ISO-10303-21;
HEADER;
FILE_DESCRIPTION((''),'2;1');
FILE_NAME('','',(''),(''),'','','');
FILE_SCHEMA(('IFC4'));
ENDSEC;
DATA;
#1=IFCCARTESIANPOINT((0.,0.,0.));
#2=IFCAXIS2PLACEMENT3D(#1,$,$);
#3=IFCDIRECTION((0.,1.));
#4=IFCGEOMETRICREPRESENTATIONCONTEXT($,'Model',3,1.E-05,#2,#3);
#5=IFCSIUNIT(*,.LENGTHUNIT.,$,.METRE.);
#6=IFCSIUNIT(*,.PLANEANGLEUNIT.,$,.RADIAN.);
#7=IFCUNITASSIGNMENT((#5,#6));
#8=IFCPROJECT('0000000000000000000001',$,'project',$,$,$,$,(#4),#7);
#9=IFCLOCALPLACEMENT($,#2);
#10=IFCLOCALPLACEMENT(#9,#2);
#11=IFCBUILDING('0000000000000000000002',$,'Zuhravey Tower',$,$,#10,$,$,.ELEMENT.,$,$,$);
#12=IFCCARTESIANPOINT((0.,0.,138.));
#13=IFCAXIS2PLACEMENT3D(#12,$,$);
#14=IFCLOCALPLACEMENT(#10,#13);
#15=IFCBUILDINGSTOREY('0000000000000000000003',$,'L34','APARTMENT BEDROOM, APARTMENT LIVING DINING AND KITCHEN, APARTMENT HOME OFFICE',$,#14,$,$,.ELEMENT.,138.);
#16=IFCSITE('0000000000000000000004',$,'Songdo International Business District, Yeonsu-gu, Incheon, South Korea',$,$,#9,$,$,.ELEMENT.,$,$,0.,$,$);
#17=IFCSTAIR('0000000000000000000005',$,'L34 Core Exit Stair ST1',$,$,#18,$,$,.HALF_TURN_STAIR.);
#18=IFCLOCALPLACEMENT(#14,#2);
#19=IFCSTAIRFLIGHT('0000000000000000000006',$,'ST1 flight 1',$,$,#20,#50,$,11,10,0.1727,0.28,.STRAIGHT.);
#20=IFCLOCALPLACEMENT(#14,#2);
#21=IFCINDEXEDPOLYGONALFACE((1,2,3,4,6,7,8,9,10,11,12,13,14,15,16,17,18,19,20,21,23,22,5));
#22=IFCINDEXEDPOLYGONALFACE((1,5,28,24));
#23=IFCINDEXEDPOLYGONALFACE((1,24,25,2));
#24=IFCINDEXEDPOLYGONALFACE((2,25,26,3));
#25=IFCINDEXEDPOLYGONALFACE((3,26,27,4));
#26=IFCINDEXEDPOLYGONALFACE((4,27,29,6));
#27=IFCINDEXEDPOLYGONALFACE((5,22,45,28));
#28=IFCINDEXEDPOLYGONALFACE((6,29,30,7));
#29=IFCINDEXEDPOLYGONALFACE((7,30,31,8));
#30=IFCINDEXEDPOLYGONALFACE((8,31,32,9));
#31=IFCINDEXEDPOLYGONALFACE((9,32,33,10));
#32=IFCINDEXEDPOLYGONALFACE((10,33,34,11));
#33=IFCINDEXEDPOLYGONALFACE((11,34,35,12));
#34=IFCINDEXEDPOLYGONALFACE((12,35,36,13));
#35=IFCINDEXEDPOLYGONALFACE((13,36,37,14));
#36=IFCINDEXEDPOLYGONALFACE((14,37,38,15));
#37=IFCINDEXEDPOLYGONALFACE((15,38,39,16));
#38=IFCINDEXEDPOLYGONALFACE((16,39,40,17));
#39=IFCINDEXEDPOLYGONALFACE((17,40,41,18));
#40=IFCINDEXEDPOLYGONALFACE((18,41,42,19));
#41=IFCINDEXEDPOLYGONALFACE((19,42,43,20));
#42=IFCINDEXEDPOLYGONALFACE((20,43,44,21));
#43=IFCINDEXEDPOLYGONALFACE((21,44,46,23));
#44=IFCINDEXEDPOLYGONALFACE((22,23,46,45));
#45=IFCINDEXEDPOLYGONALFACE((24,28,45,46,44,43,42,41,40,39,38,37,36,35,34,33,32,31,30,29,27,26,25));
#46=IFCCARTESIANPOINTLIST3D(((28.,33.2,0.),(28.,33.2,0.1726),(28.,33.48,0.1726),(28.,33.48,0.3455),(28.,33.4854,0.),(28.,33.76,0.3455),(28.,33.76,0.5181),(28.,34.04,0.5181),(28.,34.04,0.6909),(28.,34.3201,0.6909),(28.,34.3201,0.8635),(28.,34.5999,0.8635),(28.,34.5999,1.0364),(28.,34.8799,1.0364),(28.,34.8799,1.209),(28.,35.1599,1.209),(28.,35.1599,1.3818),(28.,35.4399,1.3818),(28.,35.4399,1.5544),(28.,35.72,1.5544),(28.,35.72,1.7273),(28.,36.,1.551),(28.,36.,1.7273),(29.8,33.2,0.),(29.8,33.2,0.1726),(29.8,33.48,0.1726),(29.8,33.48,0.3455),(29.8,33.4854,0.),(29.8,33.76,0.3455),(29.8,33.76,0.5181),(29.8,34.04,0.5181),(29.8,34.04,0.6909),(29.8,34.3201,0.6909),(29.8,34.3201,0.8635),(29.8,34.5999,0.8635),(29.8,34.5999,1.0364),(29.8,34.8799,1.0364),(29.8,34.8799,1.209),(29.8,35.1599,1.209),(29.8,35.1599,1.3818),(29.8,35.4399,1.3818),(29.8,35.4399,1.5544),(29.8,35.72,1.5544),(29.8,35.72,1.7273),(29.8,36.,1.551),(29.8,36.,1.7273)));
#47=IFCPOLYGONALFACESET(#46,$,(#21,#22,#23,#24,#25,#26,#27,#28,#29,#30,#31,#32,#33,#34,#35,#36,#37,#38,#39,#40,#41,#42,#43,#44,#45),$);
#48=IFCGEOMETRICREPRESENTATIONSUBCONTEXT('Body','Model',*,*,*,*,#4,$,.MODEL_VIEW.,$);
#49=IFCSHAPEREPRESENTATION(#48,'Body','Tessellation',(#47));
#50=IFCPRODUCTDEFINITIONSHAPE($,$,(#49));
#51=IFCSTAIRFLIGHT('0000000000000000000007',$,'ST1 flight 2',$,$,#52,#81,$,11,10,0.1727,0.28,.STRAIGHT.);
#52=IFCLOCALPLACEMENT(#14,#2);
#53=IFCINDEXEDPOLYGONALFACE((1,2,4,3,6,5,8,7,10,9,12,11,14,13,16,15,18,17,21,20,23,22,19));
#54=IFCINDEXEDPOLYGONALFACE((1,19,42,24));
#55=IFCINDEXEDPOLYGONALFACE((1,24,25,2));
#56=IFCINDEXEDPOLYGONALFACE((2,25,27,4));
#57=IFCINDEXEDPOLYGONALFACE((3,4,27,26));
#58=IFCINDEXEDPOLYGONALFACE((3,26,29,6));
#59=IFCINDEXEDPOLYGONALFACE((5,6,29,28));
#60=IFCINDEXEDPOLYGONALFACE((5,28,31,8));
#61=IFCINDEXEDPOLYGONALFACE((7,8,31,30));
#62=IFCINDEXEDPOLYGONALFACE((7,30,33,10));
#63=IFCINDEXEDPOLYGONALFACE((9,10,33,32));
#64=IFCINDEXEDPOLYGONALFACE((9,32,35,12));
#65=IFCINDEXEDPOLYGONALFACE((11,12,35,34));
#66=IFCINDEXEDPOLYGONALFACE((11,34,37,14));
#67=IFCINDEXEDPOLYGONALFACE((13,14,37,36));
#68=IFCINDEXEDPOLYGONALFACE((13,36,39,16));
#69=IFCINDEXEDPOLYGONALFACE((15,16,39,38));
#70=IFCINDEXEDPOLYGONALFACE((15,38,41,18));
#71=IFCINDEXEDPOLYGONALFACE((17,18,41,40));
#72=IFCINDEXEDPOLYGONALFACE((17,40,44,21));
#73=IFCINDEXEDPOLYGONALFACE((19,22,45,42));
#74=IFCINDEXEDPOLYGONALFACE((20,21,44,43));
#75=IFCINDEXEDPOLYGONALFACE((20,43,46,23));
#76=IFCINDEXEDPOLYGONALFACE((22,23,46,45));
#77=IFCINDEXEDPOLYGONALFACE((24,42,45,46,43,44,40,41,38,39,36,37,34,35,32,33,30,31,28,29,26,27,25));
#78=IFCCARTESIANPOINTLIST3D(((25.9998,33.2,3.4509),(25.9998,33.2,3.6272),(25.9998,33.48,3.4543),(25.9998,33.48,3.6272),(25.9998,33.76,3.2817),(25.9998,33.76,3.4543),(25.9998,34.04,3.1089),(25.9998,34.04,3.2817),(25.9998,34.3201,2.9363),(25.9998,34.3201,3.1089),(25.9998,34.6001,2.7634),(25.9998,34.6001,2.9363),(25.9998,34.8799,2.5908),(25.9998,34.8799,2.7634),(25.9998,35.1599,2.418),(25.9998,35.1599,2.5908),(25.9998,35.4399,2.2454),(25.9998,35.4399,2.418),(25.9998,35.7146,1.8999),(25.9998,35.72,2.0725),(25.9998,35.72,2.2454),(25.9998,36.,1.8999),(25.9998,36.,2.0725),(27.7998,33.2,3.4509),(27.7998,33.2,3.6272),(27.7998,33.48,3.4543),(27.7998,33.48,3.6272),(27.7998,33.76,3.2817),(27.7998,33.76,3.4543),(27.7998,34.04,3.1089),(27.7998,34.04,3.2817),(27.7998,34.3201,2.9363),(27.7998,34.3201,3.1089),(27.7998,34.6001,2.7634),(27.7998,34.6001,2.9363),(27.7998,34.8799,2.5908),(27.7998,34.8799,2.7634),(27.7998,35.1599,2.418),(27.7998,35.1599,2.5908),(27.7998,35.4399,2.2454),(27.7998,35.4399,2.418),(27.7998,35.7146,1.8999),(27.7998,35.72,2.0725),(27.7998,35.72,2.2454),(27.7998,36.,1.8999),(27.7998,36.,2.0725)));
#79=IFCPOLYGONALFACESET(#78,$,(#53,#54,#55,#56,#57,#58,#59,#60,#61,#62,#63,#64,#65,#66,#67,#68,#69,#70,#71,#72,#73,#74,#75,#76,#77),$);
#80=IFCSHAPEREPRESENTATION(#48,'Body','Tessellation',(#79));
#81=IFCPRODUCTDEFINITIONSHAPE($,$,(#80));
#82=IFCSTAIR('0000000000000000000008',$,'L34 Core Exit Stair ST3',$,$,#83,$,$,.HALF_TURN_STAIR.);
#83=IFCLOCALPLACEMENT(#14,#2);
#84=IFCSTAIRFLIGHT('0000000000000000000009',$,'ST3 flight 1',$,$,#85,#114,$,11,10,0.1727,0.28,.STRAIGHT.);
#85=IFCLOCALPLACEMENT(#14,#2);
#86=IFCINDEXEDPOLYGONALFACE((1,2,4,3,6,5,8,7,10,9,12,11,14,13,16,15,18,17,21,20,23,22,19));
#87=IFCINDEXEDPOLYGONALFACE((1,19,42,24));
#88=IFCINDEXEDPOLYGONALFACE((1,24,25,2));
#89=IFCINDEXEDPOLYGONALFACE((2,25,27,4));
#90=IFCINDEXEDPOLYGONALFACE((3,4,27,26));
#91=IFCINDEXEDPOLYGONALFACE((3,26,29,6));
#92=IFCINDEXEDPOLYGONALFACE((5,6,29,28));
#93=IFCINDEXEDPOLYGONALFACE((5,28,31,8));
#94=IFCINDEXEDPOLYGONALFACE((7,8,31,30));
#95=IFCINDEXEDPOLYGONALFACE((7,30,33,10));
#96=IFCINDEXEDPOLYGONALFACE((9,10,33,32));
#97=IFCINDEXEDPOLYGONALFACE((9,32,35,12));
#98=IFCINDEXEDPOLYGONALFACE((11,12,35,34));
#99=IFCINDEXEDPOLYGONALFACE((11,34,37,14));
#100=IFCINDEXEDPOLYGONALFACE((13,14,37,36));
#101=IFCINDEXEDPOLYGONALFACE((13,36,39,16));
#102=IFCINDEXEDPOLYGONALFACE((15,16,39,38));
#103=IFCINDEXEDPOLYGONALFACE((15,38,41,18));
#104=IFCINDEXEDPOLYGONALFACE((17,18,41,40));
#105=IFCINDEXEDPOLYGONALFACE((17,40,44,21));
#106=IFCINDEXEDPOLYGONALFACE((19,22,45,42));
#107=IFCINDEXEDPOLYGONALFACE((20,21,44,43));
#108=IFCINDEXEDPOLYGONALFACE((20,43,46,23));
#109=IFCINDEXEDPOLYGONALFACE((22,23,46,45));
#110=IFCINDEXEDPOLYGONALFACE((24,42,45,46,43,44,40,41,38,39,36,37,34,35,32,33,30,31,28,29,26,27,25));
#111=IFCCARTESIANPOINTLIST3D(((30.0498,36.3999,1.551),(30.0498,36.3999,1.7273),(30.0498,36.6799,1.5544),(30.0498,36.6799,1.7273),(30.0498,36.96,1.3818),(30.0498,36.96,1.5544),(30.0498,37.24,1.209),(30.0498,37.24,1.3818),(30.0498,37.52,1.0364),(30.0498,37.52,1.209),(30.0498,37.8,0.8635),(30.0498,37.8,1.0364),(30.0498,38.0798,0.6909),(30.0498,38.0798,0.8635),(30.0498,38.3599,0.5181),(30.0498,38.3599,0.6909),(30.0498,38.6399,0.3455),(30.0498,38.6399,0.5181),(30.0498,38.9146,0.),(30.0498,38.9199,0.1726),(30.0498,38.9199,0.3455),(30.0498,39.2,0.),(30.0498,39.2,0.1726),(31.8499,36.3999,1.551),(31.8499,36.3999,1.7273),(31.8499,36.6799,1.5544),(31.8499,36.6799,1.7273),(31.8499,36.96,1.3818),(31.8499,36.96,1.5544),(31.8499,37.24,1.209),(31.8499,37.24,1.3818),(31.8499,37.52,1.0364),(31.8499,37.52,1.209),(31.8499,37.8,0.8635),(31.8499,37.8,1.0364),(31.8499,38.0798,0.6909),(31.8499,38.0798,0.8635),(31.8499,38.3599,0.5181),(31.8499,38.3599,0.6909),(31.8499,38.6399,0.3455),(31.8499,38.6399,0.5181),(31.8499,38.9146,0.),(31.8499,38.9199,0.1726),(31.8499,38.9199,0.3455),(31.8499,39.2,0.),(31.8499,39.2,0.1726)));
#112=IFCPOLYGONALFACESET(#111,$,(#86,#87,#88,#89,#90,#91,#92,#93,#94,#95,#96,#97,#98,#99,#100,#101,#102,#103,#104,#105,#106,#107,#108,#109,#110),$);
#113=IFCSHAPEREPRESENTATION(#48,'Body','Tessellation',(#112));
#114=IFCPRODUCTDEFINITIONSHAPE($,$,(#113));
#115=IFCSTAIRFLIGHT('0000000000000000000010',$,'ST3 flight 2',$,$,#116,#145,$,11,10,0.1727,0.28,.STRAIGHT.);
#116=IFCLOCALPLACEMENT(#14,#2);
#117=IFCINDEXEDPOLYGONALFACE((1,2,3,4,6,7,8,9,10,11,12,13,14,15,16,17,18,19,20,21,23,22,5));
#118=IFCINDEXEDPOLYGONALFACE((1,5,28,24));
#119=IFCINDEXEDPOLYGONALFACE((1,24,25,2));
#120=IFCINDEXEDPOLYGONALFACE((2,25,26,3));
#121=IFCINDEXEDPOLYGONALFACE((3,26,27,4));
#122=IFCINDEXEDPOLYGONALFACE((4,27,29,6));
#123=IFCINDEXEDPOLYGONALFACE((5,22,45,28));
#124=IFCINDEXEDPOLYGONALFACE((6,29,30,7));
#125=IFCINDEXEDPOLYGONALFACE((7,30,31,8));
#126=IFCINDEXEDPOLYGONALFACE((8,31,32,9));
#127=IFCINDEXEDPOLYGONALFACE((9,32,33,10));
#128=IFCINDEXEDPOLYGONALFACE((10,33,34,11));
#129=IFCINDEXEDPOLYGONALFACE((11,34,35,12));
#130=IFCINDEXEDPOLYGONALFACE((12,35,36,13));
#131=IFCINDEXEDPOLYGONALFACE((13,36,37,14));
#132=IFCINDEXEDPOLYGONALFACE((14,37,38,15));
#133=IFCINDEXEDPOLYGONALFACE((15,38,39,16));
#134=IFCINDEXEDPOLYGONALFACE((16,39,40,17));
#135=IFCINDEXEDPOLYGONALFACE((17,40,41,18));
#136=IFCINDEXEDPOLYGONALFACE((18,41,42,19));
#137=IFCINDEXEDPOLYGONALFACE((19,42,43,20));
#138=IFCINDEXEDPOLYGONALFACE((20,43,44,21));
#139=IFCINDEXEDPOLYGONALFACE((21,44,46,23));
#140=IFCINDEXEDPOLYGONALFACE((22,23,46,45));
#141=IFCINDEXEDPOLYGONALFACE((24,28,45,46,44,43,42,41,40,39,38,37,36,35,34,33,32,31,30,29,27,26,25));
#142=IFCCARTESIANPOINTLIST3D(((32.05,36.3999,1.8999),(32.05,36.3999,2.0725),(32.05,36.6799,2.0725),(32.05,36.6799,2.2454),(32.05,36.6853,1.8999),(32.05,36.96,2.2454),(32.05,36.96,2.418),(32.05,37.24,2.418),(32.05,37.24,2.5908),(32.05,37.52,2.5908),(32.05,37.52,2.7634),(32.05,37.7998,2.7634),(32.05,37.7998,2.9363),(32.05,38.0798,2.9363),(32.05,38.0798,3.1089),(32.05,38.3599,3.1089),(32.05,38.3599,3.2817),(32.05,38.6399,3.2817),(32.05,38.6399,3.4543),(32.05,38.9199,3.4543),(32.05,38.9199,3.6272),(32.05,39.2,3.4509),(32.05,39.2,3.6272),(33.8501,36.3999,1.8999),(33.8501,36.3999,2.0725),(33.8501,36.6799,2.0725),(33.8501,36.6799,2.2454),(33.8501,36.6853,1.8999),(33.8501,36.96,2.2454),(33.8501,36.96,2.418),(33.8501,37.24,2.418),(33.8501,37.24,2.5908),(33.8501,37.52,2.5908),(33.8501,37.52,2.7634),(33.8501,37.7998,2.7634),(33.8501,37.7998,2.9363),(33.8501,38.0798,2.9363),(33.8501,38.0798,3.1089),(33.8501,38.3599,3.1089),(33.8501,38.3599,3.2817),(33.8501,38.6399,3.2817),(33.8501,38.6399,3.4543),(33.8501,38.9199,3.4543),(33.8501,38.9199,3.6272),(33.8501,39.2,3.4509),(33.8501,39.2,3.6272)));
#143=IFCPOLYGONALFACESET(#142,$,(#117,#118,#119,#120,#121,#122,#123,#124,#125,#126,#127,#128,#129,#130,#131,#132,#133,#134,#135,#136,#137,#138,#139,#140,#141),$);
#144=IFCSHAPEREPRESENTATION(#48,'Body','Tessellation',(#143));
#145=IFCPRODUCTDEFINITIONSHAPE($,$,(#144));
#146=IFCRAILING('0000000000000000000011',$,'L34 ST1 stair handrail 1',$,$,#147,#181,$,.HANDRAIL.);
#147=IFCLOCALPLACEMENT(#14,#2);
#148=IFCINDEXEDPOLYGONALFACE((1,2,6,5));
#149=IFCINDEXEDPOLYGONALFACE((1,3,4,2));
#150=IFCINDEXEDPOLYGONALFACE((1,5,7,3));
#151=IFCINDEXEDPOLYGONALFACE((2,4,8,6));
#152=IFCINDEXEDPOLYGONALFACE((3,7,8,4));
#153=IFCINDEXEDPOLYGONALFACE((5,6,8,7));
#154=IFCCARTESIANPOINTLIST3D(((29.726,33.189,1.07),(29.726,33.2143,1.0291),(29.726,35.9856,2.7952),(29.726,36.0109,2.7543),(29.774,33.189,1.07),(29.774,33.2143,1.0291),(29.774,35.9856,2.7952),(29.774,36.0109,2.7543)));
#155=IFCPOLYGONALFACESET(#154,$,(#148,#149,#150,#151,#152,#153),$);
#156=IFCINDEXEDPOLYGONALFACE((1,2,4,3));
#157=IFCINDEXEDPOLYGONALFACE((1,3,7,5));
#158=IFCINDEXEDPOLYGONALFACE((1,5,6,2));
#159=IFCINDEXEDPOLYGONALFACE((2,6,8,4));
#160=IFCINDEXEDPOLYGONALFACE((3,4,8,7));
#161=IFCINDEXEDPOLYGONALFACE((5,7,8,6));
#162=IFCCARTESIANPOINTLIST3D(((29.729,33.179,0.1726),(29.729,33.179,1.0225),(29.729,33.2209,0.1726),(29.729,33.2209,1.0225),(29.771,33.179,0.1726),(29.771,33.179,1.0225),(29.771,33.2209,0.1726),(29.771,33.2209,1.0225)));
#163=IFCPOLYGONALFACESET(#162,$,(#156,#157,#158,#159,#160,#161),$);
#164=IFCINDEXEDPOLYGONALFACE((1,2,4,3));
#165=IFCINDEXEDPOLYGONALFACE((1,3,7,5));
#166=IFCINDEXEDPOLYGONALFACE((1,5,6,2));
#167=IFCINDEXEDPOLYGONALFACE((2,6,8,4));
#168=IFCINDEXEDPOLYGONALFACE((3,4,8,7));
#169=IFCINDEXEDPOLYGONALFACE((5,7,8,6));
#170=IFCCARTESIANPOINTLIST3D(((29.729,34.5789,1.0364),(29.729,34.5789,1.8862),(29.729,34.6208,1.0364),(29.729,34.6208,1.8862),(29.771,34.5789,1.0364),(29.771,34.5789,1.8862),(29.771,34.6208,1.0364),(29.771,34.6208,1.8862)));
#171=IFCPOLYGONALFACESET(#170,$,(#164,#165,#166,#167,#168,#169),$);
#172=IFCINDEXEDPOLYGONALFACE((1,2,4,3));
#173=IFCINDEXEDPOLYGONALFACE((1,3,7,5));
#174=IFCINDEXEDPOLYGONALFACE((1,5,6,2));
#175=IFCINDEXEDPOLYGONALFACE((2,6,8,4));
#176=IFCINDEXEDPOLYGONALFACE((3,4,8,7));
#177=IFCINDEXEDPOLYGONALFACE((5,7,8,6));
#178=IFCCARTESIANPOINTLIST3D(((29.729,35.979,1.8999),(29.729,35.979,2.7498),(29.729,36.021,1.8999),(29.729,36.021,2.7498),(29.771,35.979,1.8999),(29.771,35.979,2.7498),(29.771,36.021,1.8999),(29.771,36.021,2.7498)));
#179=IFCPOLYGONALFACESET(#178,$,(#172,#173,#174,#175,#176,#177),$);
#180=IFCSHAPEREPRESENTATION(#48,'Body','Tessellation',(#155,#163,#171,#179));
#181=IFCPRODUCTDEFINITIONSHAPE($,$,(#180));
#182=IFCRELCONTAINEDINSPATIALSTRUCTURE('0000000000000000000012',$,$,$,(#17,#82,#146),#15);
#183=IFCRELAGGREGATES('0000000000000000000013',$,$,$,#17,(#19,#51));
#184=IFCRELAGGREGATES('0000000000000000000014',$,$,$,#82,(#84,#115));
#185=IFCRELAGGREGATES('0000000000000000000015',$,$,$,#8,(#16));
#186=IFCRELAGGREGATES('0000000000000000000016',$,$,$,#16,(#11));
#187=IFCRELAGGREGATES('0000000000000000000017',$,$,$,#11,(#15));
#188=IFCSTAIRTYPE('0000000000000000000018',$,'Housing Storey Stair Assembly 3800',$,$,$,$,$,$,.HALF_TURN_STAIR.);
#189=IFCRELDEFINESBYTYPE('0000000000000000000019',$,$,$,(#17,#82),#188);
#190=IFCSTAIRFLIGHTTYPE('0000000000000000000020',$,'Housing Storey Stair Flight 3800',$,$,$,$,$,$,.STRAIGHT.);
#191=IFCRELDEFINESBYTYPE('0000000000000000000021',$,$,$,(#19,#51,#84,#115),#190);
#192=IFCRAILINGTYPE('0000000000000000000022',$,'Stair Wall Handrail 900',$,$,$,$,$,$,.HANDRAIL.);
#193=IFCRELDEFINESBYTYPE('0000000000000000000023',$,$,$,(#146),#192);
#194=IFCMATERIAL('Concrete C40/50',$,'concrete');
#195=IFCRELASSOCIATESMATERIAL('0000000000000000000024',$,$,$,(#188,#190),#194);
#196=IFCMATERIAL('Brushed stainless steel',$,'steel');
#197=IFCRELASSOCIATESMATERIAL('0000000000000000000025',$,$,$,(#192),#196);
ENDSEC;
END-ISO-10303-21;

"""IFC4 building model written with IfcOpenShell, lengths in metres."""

from ifc_helpers import new_model, si_unit, direction, frame, origin, origin_2d, place, context, subcontext, project, spatial, polyline, rectangle, outline, extrude, material, type_object, element, aggregate, save


model = new_model("IFC4")

# Units and contexts
model_context = context("Model", 3, precision=1e-05, world=origin(), true_north=direction((0.0, 1.0)))
body_context = subcontext(model_context, "Body", "Model", "MODEL_VIEW")
ifc_project = project(units=[si_unit("LENGTHUNIT", "METRE"), si_unit("PLANEANGLEUNIT", "RADIAN")], contexts=[model_context])

# Site, building, storey
site_placement = place(None, origin())
site = spatial("IfcSite", under=ifc_project, at=site_placement, Name="Songdo International Business District, Yeonsu-gu, Incheon, South Korea", CompositionType="ELEMENT", RefElevation=0.0)
building_placement = place(site_placement, origin())
building = spatial("IfcBuilding", under=site, at=building_placement, Name="Zuhravey Tower", CompositionType="ELEMENT")
storey_placement = place(building_placement, frame((0.0, 0.0, 138.0)))
storey = spatial("IfcBuildingStorey", under=building, at=storey_placement, Name="L34", Description="APARTMENT BEDROOM, APARTMENT LIVING DINING AND KITCHEN, APARTMENT HOME OFFICE", CompositionType="ELEMENT", Elevation=138.0)

# Stairs, stair flights
ifc_material_1 = material(Name="Concrete C40/50", Category="concrete")
stair_type = type_object("IfcStairType", Name="Housing Storey Stair Assembly 3800", PredefinedType="HALF_TURN_STAIR", material=ifc_material_1)
stair_1_placement = place(storey_placement, origin())
stair_1 = element("IfcStair", 1, at=stair_1_placement, inside=storey, type_object=stair_type, Name="L34 Core Exit Stair ST1", PredefinedType="HALF_TURN_STAIR")
stair_flight_type = type_object("IfcStairFlightType", Name="Housing Storey Stair Flight 3800", PredefinedType="STRAIGHT", material=ifc_material_1)
stair_flight_1_placement = place(storey_placement, frame((28.8999, 33.2, 0.0), z_axis=(0.0, 0.0, 1.0), x_axis=(0.0, 1.0, 0.0)))
stair_flight_1 = element("IfcStairFlight", 2, at=stair_flight_1_placement, type_object=stair_flight_type, Name="ST1 flight 1", NumberOfRisers=11, NumberOfTreads=10, PredefinedType="STRAIGHT", RiserHeight=0.1727, TreadLength=0.28, context=body_context, shape_type="SweptSolid", body=[
    extrude(outline(polyline([(0.0, 0.0), (0.0, 0.1726), (0.28, 0.1726), (0.28, 0.3455), (0.5601, 0.3455), (0.5601, 0.5181), (0.8401, 0.5181), (0.8401, 0.6909), (1.1201, 0.6909), (1.1201, 0.8635), (1.3999, 0.8635), (1.3999, 1.0364), (1.6799, 1.0364), (1.6799, 1.209), (1.96, 1.209), (1.96, 1.3818), (2.24, 1.3818), (2.24, 1.5544), (2.52, 1.5544), (2.52, 1.7273), (2.8, 1.7273), (2.8, 1.8999), (2.8, 1.551), (0.2854, 0.0), (0.0, 0.0)])), frame((0.0, 0.8999, 0.0), z_axis=(0.0, -1.0, 0.0), x_axis=(1.0, 0.0, 0.0)), (0.0, 0.0, 1.0), 1.8),
])
stair_flight_2_placement = place(storey_placement, frame((26.8999, 36.0, 1.8999), z_axis=(0.0, 0.0, 1.0), x_axis=(0.0, -1.0, 0.0)))
stair_flight_2 = element("IfcStairFlight", 3, at=stair_flight_2_placement, type_object=stair_flight_type, Name="ST1 flight 2", NumberOfRisers=11, NumberOfTreads=10, PredefinedType="STRAIGHT", RiserHeight=0.1727, TreadLength=0.28, context=body_context, shape_type="SweptSolid", body=[
    extrude(outline(polyline([(0.0, 0.0), (0.0, 0.1726), (0.28, 0.1726), (0.28, 0.3455), (0.5601, 0.3455), (0.5601, 0.5181), (0.8401, 0.5181), (0.8401, 0.6909), (1.1201, 0.6909), (1.1201, 0.8635), (1.3999, 0.8635), (1.3999, 1.0364), (1.6799, 1.0364), (1.6799, 1.209), (1.96, 1.209), (1.96, 1.3818), (2.24, 1.3818), (2.24, 1.5544), (2.52, 1.5544), (2.52, 1.7273), (2.8, 1.7273), (2.8, 1.8999), (2.8, 1.551), (0.2854, 0.0), (0.0, 0.0)])), frame((0.0, 0.8999, 0.0), z_axis=(0.0, -1.0, 0.0), x_axis=(1.0, 0.0, 0.0)), (0.0, 0.0, 1.0), 1.8),
])
aggregate(stair_1, [stair_flight_1, stair_flight_2])
stair_2_placement = place(storey_placement, origin())
stair_2 = element("IfcStair", 4, at=stair_2_placement, inside=storey, type_object=stair_type, Name="L34 Core Exit Stair ST3", PredefinedType="HALF_TURN_STAIR")
stair_flight_3_placement = place(storey_placement, frame((30.95, 39.2, 0.0), z_axis=(0.0, 0.0, 1.0), x_axis=(0.0, -1.0, 0.0)))
stair_flight_3 = element("IfcStairFlight", 5, at=stair_flight_3_placement, type_object=stair_flight_type, Name="ST3 flight 1", NumberOfRisers=11, NumberOfTreads=10, PredefinedType="STRAIGHT", RiserHeight=0.1727, TreadLength=0.28, context=body_context, shape_type="SweptSolid", body=[
    extrude(outline(polyline([(0.0, 0.0), (0.0, 0.1726), (0.28, 0.1726), (0.28, 0.3455), (0.5601, 0.3455), (0.5601, 0.5181), (0.8401, 0.5181), (0.8401, 0.6909), (1.1201, 0.6909), (1.1201, 0.8635), (1.3999, 0.8635), (1.3999, 1.0364), (1.6799, 1.0364), (1.6799, 1.209), (1.96, 1.209), (1.96, 1.3818), (2.24, 1.3818), (2.24, 1.5544), (2.52, 1.5544), (2.52, 1.7273), (2.8, 1.7273), (2.8, 1.8999), (2.8, 1.551), (0.2854, 0.0), (0.0, 0.0)])), frame((0.0, 0.8999, 0.0), z_axis=(0.0, -1.0, 0.0), x_axis=(1.0, 0.0, 0.0)), (0.0, 0.0, 1.0), 1.8),
])
stair_flight_4_placement = place(storey_placement, frame((32.95, 36.3999, 1.8999), z_axis=(0.0, 0.0, 1.0), x_axis=(0.0, 1.0, 0.0)))
stair_flight_4 = element("IfcStairFlight", 6, at=stair_flight_4_placement, type_object=stair_flight_type, Name="ST3 flight 2", NumberOfRisers=11, NumberOfTreads=10, PredefinedType="STRAIGHT", RiserHeight=0.1727, TreadLength=0.28, context=body_context, shape_type="SweptSolid", body=[
    extrude(outline(polyline([(0.0, 0.0), (0.0, 0.1726), (0.28, 0.1726), (0.28, 0.3455), (0.5601, 0.3455), (0.5601, 0.5181), (0.8401, 0.5181), (0.8401, 0.6909), (1.1201, 0.6909), (1.1201, 0.8635), (1.3999, 0.8635), (1.3999, 1.0364), (1.6799, 1.0364), (1.6799, 1.209), (1.96, 1.209), (1.96, 1.3818), (2.24, 1.3818), (2.24, 1.5544), (2.52, 1.5544), (2.52, 1.7273), (2.8, 1.7273), (2.8, 1.8999), (2.8, 1.551), (0.2854, 0.0), (0.0, 0.0)])), frame((0.0, 0.8999, 0.0), z_axis=(0.0, -1.0, 0.0), x_axis=(1.0, 0.0, 0.0)), (0.0, 0.0, 1.0), 1.8),
])
aggregate(stair_2, [stair_flight_3, stair_flight_4])

# Railing
ifc_material_2 = material(Name="Brushed stainless steel", Category="steel")
railing_type_1 = type_object("IfcRailingType", Name="Stair Wall Handrail 900", PredefinedType="HANDRAIL", material=ifc_material_2)
railing_1_placement = place(storey_placement, frame((29.75, 33.2, 0.1726)))
element("IfcRailing", 7, at=railing_1_placement, inside=storey, type_object=railing_type_1, Name="L34 ST1 stair handrail 1", PredefinedType="HANDRAIL", context=body_context, shape_type="SweptSolid", body=[
    extrude(rectangle(XDim=0.0481, YDim=0.0481, at=origin_2d()), frame((0.0, 0.0017, 0.877), z_axis=(0.0, 0.85109, 0.52502), x_axis=(-1.0, 0.0, 0.0)), (0.0, 0.0, 1.0), 3.2859),
    extrude(rectangle(XDim=0.042, YDim=0.042, at=origin_2d()), origin(), (0.0, 0.0, 1.0), 0.8499),
    extrude(rectangle(XDim=0.042, YDim=0.042, at=origin_2d()), frame((0.0, 1.3999, 0.8638)), (0.0, 0.0, 1.0), 0.8499),
    extrude(rectangle(XDim=0.042, YDim=0.042, at=origin_2d()), frame((0.0, 2.8, 1.7273)), (0.0, 0.0, 1.0), 0.8499),
])

save(model, "model.ifc")
